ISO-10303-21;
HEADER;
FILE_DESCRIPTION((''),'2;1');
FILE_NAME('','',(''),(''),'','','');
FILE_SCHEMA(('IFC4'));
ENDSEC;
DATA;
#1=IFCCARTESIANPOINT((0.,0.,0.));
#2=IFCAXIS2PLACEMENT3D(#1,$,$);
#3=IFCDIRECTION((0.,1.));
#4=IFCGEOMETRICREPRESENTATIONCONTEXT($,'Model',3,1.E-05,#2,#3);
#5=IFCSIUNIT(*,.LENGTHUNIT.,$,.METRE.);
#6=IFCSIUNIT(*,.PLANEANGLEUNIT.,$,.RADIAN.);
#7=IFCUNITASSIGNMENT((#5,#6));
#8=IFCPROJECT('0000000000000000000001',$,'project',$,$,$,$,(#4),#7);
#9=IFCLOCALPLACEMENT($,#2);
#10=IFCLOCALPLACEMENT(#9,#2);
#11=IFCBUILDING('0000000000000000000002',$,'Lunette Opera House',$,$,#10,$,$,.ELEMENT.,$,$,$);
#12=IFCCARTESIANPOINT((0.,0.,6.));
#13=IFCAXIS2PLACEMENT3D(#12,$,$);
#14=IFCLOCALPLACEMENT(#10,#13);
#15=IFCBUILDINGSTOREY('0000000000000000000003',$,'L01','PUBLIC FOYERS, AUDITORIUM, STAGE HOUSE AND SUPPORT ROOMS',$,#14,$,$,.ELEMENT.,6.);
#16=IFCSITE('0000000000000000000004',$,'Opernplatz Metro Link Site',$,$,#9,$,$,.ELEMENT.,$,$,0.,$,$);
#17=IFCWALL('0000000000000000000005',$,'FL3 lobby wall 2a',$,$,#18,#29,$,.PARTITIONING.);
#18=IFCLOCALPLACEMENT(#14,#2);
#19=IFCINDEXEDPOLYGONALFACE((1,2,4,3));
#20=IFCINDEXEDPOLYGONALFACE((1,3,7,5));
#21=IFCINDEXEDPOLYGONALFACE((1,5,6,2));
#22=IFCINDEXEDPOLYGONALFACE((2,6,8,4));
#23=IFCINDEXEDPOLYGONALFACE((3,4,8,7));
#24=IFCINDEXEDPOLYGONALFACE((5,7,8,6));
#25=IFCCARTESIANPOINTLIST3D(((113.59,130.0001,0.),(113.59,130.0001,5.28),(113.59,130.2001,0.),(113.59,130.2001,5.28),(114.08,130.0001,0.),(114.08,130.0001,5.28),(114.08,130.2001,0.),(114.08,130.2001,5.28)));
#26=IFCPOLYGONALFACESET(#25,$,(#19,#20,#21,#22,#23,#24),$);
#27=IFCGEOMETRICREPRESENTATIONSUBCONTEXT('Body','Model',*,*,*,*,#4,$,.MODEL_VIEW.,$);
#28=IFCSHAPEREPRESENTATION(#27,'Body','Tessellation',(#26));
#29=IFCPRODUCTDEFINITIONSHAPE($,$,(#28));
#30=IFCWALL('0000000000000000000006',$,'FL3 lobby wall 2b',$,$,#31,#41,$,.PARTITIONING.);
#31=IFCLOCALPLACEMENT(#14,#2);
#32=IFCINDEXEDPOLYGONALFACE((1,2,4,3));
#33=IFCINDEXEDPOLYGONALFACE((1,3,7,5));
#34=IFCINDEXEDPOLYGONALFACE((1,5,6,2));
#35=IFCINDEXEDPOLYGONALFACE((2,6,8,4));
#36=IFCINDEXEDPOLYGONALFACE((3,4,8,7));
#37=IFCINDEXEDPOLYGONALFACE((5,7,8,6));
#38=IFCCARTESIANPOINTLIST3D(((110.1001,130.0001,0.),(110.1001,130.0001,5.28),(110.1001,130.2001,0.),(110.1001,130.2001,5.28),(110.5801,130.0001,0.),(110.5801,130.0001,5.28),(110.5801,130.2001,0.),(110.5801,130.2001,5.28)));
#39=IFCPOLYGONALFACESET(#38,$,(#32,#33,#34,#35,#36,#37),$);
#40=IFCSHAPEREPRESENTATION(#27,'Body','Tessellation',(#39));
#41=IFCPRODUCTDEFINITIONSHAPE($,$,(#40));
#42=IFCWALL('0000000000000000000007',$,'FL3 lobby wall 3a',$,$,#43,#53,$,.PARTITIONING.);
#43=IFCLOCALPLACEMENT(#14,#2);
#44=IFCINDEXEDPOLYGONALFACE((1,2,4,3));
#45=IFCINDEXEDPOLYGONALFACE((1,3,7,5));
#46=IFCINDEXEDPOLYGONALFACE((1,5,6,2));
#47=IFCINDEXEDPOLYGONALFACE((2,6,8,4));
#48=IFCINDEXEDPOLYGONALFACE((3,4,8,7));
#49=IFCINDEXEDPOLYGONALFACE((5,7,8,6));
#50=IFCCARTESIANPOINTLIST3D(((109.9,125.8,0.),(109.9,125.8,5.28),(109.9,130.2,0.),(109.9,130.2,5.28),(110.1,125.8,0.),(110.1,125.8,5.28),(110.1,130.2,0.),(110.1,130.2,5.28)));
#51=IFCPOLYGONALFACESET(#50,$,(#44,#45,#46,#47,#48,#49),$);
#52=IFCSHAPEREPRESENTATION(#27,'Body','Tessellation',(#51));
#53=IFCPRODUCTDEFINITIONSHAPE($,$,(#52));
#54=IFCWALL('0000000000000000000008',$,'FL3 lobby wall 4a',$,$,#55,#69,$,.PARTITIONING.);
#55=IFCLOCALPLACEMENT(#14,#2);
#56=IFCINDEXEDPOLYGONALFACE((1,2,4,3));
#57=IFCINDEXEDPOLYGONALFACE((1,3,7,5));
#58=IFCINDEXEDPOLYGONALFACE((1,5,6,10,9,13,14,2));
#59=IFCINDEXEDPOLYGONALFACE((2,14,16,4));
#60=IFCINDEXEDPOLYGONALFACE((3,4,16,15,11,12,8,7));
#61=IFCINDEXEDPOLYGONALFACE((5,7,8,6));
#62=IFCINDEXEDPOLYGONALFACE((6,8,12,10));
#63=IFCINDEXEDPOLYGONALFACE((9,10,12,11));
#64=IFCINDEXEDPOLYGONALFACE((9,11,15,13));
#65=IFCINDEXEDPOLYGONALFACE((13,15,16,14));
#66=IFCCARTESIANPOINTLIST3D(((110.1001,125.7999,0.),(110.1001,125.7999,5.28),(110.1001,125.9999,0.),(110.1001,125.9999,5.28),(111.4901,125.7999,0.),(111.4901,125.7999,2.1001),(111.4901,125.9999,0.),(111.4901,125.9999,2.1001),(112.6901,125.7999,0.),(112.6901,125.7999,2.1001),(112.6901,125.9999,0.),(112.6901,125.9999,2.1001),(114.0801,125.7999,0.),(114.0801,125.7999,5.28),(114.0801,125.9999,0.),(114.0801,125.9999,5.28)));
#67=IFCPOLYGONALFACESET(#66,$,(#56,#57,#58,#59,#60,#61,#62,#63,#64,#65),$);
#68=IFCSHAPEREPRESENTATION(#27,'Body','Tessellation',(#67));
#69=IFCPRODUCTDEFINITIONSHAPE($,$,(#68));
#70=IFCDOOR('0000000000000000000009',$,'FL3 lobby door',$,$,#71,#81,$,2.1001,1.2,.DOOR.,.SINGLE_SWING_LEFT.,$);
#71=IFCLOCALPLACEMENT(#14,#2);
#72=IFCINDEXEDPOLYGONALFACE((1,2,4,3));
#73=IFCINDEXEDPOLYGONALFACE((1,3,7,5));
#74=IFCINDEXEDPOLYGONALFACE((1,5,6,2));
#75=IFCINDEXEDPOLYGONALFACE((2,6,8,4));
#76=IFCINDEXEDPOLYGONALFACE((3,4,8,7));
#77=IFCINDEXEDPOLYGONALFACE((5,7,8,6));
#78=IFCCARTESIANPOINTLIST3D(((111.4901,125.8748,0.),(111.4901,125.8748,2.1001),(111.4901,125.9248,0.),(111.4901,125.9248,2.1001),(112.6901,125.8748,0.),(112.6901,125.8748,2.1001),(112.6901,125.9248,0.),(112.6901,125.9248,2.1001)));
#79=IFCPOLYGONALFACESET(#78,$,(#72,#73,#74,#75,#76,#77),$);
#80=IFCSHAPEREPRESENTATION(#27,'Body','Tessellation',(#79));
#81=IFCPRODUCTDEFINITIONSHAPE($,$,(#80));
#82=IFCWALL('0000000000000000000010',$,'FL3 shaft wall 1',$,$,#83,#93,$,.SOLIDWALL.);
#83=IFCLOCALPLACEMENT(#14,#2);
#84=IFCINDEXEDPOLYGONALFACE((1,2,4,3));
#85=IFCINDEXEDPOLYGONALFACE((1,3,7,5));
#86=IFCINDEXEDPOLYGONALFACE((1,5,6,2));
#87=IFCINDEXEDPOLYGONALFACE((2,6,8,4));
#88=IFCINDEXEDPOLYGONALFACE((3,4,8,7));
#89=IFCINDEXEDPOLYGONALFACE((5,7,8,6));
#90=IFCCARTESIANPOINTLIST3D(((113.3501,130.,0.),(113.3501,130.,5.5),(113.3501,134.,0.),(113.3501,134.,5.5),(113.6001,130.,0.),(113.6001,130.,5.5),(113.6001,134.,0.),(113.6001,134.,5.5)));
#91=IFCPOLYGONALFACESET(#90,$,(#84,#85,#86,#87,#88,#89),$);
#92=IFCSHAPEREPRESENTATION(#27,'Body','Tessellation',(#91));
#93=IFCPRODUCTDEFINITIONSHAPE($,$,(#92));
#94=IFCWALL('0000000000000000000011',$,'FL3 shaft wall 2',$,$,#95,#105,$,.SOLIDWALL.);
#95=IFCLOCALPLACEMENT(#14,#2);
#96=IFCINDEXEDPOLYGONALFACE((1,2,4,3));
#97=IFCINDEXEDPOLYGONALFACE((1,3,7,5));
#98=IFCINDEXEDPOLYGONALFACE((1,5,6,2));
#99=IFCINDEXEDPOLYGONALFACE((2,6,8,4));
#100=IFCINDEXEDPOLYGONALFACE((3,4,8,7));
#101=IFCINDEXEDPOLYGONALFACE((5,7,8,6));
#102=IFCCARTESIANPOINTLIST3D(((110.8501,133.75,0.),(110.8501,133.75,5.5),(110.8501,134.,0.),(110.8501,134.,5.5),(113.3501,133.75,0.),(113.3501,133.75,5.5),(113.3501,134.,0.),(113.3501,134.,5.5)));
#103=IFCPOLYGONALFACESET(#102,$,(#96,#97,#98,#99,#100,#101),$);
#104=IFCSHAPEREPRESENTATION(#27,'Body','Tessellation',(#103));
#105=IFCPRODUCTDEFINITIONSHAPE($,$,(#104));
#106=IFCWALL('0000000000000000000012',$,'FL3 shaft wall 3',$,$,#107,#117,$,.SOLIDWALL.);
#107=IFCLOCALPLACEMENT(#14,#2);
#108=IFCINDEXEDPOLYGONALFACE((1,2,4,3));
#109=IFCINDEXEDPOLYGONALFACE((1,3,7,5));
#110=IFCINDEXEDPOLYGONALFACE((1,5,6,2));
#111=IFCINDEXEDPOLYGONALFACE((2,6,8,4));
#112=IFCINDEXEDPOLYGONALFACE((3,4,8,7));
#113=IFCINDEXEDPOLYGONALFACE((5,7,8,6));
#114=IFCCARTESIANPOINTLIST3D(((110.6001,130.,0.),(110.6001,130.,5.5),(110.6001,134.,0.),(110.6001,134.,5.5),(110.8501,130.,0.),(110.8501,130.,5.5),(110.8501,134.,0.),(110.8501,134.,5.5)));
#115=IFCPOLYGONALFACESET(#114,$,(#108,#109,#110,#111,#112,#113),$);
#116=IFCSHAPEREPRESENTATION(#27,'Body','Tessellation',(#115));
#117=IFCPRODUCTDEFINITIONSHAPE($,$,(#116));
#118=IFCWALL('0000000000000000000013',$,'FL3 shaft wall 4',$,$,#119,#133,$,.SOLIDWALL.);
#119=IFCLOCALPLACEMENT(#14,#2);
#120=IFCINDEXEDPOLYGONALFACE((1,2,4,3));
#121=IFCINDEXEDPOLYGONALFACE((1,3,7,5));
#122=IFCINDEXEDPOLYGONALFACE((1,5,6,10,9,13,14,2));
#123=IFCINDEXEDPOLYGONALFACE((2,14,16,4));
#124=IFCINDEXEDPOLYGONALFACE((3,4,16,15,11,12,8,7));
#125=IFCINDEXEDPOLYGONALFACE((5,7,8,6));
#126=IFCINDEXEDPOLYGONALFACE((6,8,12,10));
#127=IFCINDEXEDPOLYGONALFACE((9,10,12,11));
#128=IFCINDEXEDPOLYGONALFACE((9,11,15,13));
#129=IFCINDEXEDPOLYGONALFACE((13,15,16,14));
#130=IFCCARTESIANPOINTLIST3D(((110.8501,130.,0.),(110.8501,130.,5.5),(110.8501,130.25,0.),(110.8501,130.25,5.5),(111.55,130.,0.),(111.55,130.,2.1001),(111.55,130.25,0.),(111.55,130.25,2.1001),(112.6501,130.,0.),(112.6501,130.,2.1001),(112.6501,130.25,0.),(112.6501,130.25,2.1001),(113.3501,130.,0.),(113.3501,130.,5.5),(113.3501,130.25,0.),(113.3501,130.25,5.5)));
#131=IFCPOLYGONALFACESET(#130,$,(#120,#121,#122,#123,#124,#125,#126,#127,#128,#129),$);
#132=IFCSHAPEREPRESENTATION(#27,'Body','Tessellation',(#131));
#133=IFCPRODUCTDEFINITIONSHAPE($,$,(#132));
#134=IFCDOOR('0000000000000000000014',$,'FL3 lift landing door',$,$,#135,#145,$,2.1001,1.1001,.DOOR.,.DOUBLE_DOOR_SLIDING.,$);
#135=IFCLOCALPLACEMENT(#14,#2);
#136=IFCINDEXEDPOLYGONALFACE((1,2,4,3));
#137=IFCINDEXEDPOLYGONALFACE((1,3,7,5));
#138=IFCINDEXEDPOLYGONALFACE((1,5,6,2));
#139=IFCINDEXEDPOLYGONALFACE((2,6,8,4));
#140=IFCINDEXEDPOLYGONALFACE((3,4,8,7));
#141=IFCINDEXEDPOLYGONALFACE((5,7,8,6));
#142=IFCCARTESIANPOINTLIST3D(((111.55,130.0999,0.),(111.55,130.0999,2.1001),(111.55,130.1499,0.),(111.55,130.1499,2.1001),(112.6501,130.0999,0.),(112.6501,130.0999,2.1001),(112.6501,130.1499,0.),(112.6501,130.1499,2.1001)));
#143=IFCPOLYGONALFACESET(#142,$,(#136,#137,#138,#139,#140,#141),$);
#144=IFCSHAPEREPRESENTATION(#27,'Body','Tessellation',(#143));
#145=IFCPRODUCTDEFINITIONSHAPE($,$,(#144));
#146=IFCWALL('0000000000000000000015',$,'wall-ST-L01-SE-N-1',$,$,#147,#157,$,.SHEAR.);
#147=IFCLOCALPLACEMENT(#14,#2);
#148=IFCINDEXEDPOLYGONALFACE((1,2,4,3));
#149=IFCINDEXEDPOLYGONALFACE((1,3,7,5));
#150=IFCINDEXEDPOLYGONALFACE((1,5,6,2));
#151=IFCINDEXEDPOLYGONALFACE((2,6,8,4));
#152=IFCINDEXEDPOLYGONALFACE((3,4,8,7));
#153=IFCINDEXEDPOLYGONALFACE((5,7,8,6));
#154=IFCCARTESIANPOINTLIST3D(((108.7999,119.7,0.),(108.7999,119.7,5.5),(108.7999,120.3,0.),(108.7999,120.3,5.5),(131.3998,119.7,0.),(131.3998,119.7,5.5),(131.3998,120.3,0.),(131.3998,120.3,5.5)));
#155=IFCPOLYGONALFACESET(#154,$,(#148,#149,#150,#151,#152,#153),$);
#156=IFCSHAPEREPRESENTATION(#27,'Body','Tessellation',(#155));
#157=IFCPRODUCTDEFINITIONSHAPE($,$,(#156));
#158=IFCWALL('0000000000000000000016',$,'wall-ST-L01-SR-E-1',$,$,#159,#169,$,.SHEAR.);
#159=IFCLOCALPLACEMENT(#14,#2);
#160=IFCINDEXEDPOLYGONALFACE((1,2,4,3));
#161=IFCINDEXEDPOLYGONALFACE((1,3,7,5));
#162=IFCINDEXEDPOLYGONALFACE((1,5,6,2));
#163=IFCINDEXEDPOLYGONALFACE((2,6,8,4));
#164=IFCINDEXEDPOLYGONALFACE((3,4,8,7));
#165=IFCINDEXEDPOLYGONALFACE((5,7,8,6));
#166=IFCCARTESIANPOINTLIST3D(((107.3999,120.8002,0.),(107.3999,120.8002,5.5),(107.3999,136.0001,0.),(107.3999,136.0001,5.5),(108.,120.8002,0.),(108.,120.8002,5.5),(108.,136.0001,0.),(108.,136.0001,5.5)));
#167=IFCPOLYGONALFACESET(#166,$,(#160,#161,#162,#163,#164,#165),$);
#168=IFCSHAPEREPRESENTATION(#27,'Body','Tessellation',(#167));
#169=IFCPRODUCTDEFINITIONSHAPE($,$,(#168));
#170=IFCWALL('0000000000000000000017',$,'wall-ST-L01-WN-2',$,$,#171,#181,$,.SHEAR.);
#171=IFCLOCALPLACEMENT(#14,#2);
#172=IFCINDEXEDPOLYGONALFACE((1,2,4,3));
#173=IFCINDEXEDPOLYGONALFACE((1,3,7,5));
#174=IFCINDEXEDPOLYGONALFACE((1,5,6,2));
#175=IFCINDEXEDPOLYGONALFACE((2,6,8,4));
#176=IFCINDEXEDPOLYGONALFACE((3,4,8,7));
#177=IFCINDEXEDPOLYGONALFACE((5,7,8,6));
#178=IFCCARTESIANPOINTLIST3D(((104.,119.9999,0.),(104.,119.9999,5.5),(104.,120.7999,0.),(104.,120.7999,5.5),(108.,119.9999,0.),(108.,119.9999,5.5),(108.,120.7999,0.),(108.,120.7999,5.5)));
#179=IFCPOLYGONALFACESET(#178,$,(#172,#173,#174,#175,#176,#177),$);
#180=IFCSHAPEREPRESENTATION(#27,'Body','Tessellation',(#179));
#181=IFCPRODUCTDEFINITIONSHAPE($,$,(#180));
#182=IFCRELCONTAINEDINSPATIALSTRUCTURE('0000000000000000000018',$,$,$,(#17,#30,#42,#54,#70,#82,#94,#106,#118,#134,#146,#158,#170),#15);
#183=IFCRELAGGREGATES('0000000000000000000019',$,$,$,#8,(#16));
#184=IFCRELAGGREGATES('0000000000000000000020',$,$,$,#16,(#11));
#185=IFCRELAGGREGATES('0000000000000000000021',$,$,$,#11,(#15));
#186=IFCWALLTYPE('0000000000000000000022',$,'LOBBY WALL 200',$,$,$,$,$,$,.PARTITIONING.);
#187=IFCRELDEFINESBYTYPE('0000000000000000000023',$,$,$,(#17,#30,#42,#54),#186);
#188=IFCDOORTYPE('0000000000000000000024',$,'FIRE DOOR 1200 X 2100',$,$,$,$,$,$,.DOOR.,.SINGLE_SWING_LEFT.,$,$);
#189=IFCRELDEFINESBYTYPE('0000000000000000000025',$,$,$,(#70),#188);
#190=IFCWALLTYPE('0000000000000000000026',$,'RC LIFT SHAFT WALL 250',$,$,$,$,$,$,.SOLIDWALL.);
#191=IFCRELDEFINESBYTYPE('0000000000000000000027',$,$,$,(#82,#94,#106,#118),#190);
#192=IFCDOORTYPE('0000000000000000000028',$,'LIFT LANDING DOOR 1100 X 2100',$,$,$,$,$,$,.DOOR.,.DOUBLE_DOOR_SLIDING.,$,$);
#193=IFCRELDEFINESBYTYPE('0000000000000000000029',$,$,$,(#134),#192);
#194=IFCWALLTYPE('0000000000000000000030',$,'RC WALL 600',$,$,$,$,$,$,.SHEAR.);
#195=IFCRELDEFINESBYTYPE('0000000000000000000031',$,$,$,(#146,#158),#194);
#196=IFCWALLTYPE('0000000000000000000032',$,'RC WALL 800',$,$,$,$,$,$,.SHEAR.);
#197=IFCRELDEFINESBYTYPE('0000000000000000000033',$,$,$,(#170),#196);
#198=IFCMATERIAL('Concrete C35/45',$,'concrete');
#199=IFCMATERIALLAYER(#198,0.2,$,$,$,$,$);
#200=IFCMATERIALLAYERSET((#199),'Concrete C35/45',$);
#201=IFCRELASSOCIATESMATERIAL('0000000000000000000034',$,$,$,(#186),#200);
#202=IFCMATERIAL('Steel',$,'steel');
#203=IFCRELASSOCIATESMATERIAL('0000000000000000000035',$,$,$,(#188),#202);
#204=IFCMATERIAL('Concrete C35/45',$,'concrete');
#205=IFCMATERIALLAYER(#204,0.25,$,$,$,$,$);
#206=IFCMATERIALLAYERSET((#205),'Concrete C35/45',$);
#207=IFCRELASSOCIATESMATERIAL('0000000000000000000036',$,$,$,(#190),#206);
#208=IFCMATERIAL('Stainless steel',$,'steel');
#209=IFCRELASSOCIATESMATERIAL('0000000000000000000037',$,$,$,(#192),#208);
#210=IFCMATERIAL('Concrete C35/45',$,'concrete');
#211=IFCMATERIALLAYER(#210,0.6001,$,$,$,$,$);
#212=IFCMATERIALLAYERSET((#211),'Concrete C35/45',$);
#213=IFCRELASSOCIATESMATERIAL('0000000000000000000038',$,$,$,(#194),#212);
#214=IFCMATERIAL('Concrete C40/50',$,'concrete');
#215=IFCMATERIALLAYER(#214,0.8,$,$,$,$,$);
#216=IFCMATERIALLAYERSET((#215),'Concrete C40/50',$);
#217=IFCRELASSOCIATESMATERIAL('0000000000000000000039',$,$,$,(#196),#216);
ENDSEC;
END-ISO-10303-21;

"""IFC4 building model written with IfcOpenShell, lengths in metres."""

from ifc_helpers import new_model, si_unit, direction, frame, frame_2d, origin, place, context, subcontext, project, spatial, rectangle, extrude, material, layer, layer_set, type_object, element, fill, save


model = new_model("IFC4")

# Units and contexts
model_context = context("Model", 3, precision=1e-05, world=origin(), true_north=direction((0.0, 1.0)))
body_context = subcontext(model_context, "Body", "Model", "MODEL_VIEW")
ifc_project = project(units=[si_unit("LENGTHUNIT", "METRE"), si_unit("PLANEANGLEUNIT", "RADIAN")], contexts=[model_context])

# Site, building, storey
site_placement = place(None, origin())
site = spatial("IfcSite", under=ifc_project, at=site_placement, Name="Opernplatz Metro Link Site", CompositionType="ELEMENT", RefElevation=0.0)
building_placement = place(site_placement, origin())
building = spatial("IfcBuilding", under=site, at=building_placement, Name="Lunette Opera House", CompositionType="ELEMENT")
storey_placement = place(building_placement, frame((0.0, 0.0, 6.0)))
storey = spatial("IfcBuildingStorey", under=building, at=storey_placement, Name="L01", Description="PUBLIC FOYERS, AUDITORIUM, STAGE HOUSE AND SUPPORT ROOMS", CompositionType="ELEMENT", Elevation=6.0)

# Walls
ifc_material_1 = material(Name="Concrete C35/45", Category="concrete")
ifc_layer_1 = layer(ifc_material_1, 0.2)
ifc_layer_set_1 = layer_set([ifc_layer_1], Name="Concrete C35/45")
wall_type_1 = type_object("IfcWallType", Name="LOBBY WALL 200", PredefinedType="PARTITIONING", material=ifc_layer_set_1)
wall_1_placement = place(storey_placement, frame((114.0801, 130.1001, 0.0), z_axis=(0.0, 0.0, 1.0), x_axis=(-1.0, 0.0, 0.0)))
element("IfcWall", 1, at=wall_1_placement, inside=storey, type_object=wall_type_1, Name="FL3 lobby wall 2a", PredefinedType="PARTITIONING", context=body_context, shape_type="SweptSolid", body=[
    extrude(rectangle(XDim=0.49, YDim=0.2, at=frame_2d((0.2451, 0.0))), origin(), (0.0, 0.0, 1.0), 5.28),
])
wall_2_placement = place(storey_placement, frame((110.5801, 130.1001, 0.0), z_axis=(0.0, 0.0, 1.0), x_axis=(-1.0, 0.0, 0.0)))
element("IfcWall", 2, at=wall_2_placement, inside=storey, type_object=wall_type_1, Name="FL3 lobby wall 2b", PredefinedType="PARTITIONING", context=body_context, shape_type="SweptSolid", body=[
    extrude(rectangle(XDim=0.48, YDim=0.2, at=frame_2d((0.24, 0.0))), origin(), (0.0, 0.0, 1.0), 5.28),
])
wall_3_placement = place(storey_placement, frame((110.0, 130.2, 0.0), z_axis=(0.0, 0.0, 1.0), x_axis=(0.0, -1.0, 0.0)))
element("IfcWall", 3, at=wall_3_placement, inside=storey, type_object=wall_type_1, Name="FL3 lobby wall 3a", PredefinedType="PARTITIONING", context=body_context, shape_type="SweptSolid", body=[
    extrude(rectangle(XDim=4.3999, YDim=0.2, at=frame_2d((2.2, 0.0))), origin(), (0.0, 0.0, 1.0), 5.28),
])

# Wall, opening, door
wall_4_placement = place(storey_placement, frame((110.1001, 125.8999, 0.0), z_axis=(0.0, 0.0, 1.0), x_axis=(1.0, 0.0, 0.0)))
wall_4 = element("IfcWall", 4, at=wall_4_placement, inside=storey, type_object=wall_type_1, Name="FL3 lobby wall 4a", PredefinedType="PARTITIONING", context=body_context, shape_type="SweptSolid", body=[
    extrude(rectangle(XDim=3.98, YDim=0.2, at=frame_2d((1.99, 0.0))), origin(), (0.0, 0.0, 1.0), 5.28),
])
opening_1_placement = place(wall_4_placement, frame((1.3899, 0.0, 0.0)))
opening_1 = element("IfcOpeningElement", 5, at=opening_1_placement, cuts=wall_4, PredefinedType="OPENING", context=body_context, shape_type="SweptSolid", body=[
    extrude(rectangle(XDim=1.2, YDim=2.1001, at=frame_2d((0.6001, 1.05))), frame((0.0, 0.1121, 0.0), z_axis=(0.0, -1.0, 0.0), x_axis=(1.0, 0.0, 0.0)), (0.0, 0.0, 1.0), 0.2239),
])
ifc_material_2 = material(Name="Steel", Category="steel")
door_type_1 = type_object("IfcDoorType", Name="FIRE DOOR 1200 X 2100", OperationType="SINGLE_SWING_LEFT", PredefinedType="DOOR", material=ifc_material_2)
door_1_placement = place(opening_1_placement, origin())
door_1 = element("IfcDoor", 6, at=door_1_placement, inside=storey, type_object=door_type_1, Name="FL3 lobby door", OperationType="SINGLE_SWING_LEFT", OverallHeight=2.1001, OverallWidth=1.2, PredefinedType="DOOR", context=body_context, shape_type="SweptSolid", body=[
    extrude(rectangle(XDim=1.2, YDim=2.1001, at=frame_2d((0.6001, 1.05))), frame((0.0, 0.0249, 0.0), z_axis=(0.0, -1.0, 0.0), x_axis=(1.0, 0.0, 0.0)), (0.0, 0.0, 1.0), 0.05),
])
fill(opening_1, door_1)

# Walls
ifc_material_3 = material(Name="Concrete C35/45", Category="concrete")
ifc_layer_2 = layer(ifc_material_3, 0.25)
ifc_layer_set_2 = layer_set([ifc_layer_2], Name="Concrete C35/45")
wall_type_2 = type_object("IfcWallType", Name="RC LIFT SHAFT WALL 250", PredefinedType="SOLIDWALL", material=ifc_layer_set_2)
wall_5_placement = place(storey_placement, frame((113.4751, 130.0, 0.0), z_axis=(0.0, 0.0, 1.0), x_axis=(0.0, 1.0, 0.0)))
element("IfcWall", 7, at=wall_5_placement, inside=storey, type_object=wall_type_2, Name="FL3 shaft wall 1", PredefinedType="SOLIDWALL", context=body_context, shape_type="SweptSolid", body=[
    extrude(rectangle(XDim=4.0, YDim=0.25, at=frame_2d((2.0, 0.0))), origin(), (0.0, 0.0, 1.0), 5.5),
])
wall_6_placement = place(storey_placement, frame((113.3501, 133.875, 0.0), z_axis=(0.0, 0.0, 1.0), x_axis=(-1.0, 0.0, 0.0)))
element("IfcWall", 8, at=wall_6_placement, inside=storey, type_object=wall_type_2, Name="FL3 shaft wall 2", PredefinedType="SOLIDWALL", context=body_context, shape_type="SweptSolid", body=[
    extrude(rectangle(XDim=2.5, YDim=0.25, at=frame_2d((1.25, 0.0))), origin(), (0.0, 0.0, 1.0), 5.5),
])
wall_7_placement = place(storey_placement, frame((110.7251, 134.0, 0.0), z_axis=(0.0, 0.0, 1.0), x_axis=(0.0, -1.0, 0.0)))
element("IfcWall", 9, at=wall_7_placement, inside=storey, type_object=wall_type_2, Name="FL3 shaft wall 3", PredefinedType="SOLIDWALL", context=body_context, shape_type="SweptSolid", body=[
    extrude(rectangle(XDim=4.0, YDim=0.25, at=frame_2d((2.0, 0.0))), origin(), (0.0, 0.0, 1.0), 5.5),
])

# Wall, opening, door
wall_8_placement = place(storey_placement, frame((110.8501, 130.125, 0.0), z_axis=(0.0, 0.0, 1.0), x_axis=(1.0, 0.0, 0.0)))
wall_8 = element("IfcWall", 10, at=wall_8_placement, inside=storey, type_object=wall_type_2, Name="FL3 shaft wall 4", PredefinedType="SOLIDWALL", context=body_context, shape_type="SweptSolid", body=[
    extrude(rectangle(XDim=2.5, YDim=0.25, at=frame_2d((1.25, 0.0))), origin(), (0.0, 0.0, 1.0), 5.5),
])
opening_2_placement = place(wall_8_placement, frame((0.7, 0.0, 0.0)))
opening_2 = element("IfcOpeningElement", 11, at=opening_2_placement, cuts=wall_8, PredefinedType="OPENING", context=body_context, shape_type="SweptSolid", body=[
    extrude(rectangle(XDim=1.1001, YDim=2.1001, at=frame_2d((0.55, 1.05))), frame((0.0, 0.137, 0.0), z_axis=(0.0, -1.0, 0.0), x_axis=(1.0, 0.0, 0.0)), (0.0, 0.0, 1.0), 0.2739),
])
ifc_material_4 = material(Name="Stainless steel", Category="steel")
door_type_2 = type_object("IfcDoorType", Name="LIFT LANDING DOOR 1100 X 2100", OperationType="DOUBLE_DOOR_SLIDING", PredefinedType="DOOR", material=ifc_material_4)
door_2_placement = place(opening_2_placement, origin())
door_2 = element("IfcDoor", 12, at=door_2_placement, inside=storey, type_object=door_type_2, Name="FL3 lift landing door", OperationType="DOUBLE_DOOR_SLIDING", OverallHeight=2.1001, OverallWidth=1.1001, PredefinedType="DOOR", context=body_context, shape_type="SweptSolid", body=[
    extrude(rectangle(XDim=1.1001, YDim=2.1001, at=frame_2d((0.55, 1.05))), frame((0.0, 0.0249, 0.0), z_axis=(0.0, -1.0, 0.0), x_axis=(1.0, 0.0, 0.0)), (0.0, 0.0, 1.0), 0.05),
])
fill(opening_2, door_2)

# Walls
ifc_material_5 = material(Name="Concrete C35/45", Category="concrete")
ifc_layer_3 = layer(ifc_material_5, 0.6001)
ifc_layer_set_3 = layer_set([ifc_layer_3], Name="Concrete C35/45")
wall_type_3 = type_object("IfcWallType", Name="RC WALL 600", PredefinedType="SHEAR", material=ifc_layer_set_3)
wall_9_placement = place(storey_placement, frame((108.8, 120.0, 0.0), z_axis=(0.0, 0.0, 1.0), x_axis=(1.0, 0.0, 0.0)))
element("IfcWall", 13, at=wall_9_placement, inside=storey, type_object=wall_type_3, Name="wall-ST-L01-SE-N-1", PredefinedType="SHEAR", context=body_context, shape_type="SweptSolid", body=[
    extrude(rectangle(XDim=22.5999, YDim=0.6001, at=frame_2d((11.2998, 0.0))), origin(), (0.0, 0.0, 1.0), 5.5),
])
wall_10_placement = place(storey_placement, frame((107.7, 120.8, 0.0), z_axis=(0.0, 0.0, 1.0), x_axis=(0.0, 1.0, 0.0)))
element("IfcWall", 14, at=wall_10_placement, inside=storey, type_object=wall_type_3, Name="wall-ST-L01-SR-E-1", PredefinedType="SHEAR", context=body_context, shape_type="SweptSolid", body=[
    extrude(rectangle(XDim=15.2, YDim=0.6001, at=frame_2d((7.6001, 0.0))), origin(), (0.0, 0.0, 1.0), 5.5),
])
ifc_material_6 = material(Name="Concrete C40/50", Category="concrete")
ifc_layer_4 = layer(ifc_material_6, 0.8)
ifc_layer_set_4 = layer_set([ifc_layer_4], Name="Concrete C40/50")
wall_type_4 = type_object("IfcWallType", Name="RC WALL 800", PredefinedType="SHEAR", material=ifc_layer_set_4)
wall_11_placement = place(storey_placement, frame((104.0, 120.3999, 0.0), z_axis=(0.0, 0.0, 1.0), x_axis=(1.0, 0.0, 0.0)))
element("IfcWall", 15, at=wall_11_placement, inside=storey, type_object=wall_type_4, Name="wall-ST-L01-WN-2", PredefinedType="SHEAR", context=body_context, shape_type="SweptSolid", body=[
    extrude(rectangle(XDim=4.0, YDim=0.8, at=frame_2d((2.0, 0.0))), origin(), (0.0, 0.0, 1.0), 5.5),
])

save(model, "model.ifc")
